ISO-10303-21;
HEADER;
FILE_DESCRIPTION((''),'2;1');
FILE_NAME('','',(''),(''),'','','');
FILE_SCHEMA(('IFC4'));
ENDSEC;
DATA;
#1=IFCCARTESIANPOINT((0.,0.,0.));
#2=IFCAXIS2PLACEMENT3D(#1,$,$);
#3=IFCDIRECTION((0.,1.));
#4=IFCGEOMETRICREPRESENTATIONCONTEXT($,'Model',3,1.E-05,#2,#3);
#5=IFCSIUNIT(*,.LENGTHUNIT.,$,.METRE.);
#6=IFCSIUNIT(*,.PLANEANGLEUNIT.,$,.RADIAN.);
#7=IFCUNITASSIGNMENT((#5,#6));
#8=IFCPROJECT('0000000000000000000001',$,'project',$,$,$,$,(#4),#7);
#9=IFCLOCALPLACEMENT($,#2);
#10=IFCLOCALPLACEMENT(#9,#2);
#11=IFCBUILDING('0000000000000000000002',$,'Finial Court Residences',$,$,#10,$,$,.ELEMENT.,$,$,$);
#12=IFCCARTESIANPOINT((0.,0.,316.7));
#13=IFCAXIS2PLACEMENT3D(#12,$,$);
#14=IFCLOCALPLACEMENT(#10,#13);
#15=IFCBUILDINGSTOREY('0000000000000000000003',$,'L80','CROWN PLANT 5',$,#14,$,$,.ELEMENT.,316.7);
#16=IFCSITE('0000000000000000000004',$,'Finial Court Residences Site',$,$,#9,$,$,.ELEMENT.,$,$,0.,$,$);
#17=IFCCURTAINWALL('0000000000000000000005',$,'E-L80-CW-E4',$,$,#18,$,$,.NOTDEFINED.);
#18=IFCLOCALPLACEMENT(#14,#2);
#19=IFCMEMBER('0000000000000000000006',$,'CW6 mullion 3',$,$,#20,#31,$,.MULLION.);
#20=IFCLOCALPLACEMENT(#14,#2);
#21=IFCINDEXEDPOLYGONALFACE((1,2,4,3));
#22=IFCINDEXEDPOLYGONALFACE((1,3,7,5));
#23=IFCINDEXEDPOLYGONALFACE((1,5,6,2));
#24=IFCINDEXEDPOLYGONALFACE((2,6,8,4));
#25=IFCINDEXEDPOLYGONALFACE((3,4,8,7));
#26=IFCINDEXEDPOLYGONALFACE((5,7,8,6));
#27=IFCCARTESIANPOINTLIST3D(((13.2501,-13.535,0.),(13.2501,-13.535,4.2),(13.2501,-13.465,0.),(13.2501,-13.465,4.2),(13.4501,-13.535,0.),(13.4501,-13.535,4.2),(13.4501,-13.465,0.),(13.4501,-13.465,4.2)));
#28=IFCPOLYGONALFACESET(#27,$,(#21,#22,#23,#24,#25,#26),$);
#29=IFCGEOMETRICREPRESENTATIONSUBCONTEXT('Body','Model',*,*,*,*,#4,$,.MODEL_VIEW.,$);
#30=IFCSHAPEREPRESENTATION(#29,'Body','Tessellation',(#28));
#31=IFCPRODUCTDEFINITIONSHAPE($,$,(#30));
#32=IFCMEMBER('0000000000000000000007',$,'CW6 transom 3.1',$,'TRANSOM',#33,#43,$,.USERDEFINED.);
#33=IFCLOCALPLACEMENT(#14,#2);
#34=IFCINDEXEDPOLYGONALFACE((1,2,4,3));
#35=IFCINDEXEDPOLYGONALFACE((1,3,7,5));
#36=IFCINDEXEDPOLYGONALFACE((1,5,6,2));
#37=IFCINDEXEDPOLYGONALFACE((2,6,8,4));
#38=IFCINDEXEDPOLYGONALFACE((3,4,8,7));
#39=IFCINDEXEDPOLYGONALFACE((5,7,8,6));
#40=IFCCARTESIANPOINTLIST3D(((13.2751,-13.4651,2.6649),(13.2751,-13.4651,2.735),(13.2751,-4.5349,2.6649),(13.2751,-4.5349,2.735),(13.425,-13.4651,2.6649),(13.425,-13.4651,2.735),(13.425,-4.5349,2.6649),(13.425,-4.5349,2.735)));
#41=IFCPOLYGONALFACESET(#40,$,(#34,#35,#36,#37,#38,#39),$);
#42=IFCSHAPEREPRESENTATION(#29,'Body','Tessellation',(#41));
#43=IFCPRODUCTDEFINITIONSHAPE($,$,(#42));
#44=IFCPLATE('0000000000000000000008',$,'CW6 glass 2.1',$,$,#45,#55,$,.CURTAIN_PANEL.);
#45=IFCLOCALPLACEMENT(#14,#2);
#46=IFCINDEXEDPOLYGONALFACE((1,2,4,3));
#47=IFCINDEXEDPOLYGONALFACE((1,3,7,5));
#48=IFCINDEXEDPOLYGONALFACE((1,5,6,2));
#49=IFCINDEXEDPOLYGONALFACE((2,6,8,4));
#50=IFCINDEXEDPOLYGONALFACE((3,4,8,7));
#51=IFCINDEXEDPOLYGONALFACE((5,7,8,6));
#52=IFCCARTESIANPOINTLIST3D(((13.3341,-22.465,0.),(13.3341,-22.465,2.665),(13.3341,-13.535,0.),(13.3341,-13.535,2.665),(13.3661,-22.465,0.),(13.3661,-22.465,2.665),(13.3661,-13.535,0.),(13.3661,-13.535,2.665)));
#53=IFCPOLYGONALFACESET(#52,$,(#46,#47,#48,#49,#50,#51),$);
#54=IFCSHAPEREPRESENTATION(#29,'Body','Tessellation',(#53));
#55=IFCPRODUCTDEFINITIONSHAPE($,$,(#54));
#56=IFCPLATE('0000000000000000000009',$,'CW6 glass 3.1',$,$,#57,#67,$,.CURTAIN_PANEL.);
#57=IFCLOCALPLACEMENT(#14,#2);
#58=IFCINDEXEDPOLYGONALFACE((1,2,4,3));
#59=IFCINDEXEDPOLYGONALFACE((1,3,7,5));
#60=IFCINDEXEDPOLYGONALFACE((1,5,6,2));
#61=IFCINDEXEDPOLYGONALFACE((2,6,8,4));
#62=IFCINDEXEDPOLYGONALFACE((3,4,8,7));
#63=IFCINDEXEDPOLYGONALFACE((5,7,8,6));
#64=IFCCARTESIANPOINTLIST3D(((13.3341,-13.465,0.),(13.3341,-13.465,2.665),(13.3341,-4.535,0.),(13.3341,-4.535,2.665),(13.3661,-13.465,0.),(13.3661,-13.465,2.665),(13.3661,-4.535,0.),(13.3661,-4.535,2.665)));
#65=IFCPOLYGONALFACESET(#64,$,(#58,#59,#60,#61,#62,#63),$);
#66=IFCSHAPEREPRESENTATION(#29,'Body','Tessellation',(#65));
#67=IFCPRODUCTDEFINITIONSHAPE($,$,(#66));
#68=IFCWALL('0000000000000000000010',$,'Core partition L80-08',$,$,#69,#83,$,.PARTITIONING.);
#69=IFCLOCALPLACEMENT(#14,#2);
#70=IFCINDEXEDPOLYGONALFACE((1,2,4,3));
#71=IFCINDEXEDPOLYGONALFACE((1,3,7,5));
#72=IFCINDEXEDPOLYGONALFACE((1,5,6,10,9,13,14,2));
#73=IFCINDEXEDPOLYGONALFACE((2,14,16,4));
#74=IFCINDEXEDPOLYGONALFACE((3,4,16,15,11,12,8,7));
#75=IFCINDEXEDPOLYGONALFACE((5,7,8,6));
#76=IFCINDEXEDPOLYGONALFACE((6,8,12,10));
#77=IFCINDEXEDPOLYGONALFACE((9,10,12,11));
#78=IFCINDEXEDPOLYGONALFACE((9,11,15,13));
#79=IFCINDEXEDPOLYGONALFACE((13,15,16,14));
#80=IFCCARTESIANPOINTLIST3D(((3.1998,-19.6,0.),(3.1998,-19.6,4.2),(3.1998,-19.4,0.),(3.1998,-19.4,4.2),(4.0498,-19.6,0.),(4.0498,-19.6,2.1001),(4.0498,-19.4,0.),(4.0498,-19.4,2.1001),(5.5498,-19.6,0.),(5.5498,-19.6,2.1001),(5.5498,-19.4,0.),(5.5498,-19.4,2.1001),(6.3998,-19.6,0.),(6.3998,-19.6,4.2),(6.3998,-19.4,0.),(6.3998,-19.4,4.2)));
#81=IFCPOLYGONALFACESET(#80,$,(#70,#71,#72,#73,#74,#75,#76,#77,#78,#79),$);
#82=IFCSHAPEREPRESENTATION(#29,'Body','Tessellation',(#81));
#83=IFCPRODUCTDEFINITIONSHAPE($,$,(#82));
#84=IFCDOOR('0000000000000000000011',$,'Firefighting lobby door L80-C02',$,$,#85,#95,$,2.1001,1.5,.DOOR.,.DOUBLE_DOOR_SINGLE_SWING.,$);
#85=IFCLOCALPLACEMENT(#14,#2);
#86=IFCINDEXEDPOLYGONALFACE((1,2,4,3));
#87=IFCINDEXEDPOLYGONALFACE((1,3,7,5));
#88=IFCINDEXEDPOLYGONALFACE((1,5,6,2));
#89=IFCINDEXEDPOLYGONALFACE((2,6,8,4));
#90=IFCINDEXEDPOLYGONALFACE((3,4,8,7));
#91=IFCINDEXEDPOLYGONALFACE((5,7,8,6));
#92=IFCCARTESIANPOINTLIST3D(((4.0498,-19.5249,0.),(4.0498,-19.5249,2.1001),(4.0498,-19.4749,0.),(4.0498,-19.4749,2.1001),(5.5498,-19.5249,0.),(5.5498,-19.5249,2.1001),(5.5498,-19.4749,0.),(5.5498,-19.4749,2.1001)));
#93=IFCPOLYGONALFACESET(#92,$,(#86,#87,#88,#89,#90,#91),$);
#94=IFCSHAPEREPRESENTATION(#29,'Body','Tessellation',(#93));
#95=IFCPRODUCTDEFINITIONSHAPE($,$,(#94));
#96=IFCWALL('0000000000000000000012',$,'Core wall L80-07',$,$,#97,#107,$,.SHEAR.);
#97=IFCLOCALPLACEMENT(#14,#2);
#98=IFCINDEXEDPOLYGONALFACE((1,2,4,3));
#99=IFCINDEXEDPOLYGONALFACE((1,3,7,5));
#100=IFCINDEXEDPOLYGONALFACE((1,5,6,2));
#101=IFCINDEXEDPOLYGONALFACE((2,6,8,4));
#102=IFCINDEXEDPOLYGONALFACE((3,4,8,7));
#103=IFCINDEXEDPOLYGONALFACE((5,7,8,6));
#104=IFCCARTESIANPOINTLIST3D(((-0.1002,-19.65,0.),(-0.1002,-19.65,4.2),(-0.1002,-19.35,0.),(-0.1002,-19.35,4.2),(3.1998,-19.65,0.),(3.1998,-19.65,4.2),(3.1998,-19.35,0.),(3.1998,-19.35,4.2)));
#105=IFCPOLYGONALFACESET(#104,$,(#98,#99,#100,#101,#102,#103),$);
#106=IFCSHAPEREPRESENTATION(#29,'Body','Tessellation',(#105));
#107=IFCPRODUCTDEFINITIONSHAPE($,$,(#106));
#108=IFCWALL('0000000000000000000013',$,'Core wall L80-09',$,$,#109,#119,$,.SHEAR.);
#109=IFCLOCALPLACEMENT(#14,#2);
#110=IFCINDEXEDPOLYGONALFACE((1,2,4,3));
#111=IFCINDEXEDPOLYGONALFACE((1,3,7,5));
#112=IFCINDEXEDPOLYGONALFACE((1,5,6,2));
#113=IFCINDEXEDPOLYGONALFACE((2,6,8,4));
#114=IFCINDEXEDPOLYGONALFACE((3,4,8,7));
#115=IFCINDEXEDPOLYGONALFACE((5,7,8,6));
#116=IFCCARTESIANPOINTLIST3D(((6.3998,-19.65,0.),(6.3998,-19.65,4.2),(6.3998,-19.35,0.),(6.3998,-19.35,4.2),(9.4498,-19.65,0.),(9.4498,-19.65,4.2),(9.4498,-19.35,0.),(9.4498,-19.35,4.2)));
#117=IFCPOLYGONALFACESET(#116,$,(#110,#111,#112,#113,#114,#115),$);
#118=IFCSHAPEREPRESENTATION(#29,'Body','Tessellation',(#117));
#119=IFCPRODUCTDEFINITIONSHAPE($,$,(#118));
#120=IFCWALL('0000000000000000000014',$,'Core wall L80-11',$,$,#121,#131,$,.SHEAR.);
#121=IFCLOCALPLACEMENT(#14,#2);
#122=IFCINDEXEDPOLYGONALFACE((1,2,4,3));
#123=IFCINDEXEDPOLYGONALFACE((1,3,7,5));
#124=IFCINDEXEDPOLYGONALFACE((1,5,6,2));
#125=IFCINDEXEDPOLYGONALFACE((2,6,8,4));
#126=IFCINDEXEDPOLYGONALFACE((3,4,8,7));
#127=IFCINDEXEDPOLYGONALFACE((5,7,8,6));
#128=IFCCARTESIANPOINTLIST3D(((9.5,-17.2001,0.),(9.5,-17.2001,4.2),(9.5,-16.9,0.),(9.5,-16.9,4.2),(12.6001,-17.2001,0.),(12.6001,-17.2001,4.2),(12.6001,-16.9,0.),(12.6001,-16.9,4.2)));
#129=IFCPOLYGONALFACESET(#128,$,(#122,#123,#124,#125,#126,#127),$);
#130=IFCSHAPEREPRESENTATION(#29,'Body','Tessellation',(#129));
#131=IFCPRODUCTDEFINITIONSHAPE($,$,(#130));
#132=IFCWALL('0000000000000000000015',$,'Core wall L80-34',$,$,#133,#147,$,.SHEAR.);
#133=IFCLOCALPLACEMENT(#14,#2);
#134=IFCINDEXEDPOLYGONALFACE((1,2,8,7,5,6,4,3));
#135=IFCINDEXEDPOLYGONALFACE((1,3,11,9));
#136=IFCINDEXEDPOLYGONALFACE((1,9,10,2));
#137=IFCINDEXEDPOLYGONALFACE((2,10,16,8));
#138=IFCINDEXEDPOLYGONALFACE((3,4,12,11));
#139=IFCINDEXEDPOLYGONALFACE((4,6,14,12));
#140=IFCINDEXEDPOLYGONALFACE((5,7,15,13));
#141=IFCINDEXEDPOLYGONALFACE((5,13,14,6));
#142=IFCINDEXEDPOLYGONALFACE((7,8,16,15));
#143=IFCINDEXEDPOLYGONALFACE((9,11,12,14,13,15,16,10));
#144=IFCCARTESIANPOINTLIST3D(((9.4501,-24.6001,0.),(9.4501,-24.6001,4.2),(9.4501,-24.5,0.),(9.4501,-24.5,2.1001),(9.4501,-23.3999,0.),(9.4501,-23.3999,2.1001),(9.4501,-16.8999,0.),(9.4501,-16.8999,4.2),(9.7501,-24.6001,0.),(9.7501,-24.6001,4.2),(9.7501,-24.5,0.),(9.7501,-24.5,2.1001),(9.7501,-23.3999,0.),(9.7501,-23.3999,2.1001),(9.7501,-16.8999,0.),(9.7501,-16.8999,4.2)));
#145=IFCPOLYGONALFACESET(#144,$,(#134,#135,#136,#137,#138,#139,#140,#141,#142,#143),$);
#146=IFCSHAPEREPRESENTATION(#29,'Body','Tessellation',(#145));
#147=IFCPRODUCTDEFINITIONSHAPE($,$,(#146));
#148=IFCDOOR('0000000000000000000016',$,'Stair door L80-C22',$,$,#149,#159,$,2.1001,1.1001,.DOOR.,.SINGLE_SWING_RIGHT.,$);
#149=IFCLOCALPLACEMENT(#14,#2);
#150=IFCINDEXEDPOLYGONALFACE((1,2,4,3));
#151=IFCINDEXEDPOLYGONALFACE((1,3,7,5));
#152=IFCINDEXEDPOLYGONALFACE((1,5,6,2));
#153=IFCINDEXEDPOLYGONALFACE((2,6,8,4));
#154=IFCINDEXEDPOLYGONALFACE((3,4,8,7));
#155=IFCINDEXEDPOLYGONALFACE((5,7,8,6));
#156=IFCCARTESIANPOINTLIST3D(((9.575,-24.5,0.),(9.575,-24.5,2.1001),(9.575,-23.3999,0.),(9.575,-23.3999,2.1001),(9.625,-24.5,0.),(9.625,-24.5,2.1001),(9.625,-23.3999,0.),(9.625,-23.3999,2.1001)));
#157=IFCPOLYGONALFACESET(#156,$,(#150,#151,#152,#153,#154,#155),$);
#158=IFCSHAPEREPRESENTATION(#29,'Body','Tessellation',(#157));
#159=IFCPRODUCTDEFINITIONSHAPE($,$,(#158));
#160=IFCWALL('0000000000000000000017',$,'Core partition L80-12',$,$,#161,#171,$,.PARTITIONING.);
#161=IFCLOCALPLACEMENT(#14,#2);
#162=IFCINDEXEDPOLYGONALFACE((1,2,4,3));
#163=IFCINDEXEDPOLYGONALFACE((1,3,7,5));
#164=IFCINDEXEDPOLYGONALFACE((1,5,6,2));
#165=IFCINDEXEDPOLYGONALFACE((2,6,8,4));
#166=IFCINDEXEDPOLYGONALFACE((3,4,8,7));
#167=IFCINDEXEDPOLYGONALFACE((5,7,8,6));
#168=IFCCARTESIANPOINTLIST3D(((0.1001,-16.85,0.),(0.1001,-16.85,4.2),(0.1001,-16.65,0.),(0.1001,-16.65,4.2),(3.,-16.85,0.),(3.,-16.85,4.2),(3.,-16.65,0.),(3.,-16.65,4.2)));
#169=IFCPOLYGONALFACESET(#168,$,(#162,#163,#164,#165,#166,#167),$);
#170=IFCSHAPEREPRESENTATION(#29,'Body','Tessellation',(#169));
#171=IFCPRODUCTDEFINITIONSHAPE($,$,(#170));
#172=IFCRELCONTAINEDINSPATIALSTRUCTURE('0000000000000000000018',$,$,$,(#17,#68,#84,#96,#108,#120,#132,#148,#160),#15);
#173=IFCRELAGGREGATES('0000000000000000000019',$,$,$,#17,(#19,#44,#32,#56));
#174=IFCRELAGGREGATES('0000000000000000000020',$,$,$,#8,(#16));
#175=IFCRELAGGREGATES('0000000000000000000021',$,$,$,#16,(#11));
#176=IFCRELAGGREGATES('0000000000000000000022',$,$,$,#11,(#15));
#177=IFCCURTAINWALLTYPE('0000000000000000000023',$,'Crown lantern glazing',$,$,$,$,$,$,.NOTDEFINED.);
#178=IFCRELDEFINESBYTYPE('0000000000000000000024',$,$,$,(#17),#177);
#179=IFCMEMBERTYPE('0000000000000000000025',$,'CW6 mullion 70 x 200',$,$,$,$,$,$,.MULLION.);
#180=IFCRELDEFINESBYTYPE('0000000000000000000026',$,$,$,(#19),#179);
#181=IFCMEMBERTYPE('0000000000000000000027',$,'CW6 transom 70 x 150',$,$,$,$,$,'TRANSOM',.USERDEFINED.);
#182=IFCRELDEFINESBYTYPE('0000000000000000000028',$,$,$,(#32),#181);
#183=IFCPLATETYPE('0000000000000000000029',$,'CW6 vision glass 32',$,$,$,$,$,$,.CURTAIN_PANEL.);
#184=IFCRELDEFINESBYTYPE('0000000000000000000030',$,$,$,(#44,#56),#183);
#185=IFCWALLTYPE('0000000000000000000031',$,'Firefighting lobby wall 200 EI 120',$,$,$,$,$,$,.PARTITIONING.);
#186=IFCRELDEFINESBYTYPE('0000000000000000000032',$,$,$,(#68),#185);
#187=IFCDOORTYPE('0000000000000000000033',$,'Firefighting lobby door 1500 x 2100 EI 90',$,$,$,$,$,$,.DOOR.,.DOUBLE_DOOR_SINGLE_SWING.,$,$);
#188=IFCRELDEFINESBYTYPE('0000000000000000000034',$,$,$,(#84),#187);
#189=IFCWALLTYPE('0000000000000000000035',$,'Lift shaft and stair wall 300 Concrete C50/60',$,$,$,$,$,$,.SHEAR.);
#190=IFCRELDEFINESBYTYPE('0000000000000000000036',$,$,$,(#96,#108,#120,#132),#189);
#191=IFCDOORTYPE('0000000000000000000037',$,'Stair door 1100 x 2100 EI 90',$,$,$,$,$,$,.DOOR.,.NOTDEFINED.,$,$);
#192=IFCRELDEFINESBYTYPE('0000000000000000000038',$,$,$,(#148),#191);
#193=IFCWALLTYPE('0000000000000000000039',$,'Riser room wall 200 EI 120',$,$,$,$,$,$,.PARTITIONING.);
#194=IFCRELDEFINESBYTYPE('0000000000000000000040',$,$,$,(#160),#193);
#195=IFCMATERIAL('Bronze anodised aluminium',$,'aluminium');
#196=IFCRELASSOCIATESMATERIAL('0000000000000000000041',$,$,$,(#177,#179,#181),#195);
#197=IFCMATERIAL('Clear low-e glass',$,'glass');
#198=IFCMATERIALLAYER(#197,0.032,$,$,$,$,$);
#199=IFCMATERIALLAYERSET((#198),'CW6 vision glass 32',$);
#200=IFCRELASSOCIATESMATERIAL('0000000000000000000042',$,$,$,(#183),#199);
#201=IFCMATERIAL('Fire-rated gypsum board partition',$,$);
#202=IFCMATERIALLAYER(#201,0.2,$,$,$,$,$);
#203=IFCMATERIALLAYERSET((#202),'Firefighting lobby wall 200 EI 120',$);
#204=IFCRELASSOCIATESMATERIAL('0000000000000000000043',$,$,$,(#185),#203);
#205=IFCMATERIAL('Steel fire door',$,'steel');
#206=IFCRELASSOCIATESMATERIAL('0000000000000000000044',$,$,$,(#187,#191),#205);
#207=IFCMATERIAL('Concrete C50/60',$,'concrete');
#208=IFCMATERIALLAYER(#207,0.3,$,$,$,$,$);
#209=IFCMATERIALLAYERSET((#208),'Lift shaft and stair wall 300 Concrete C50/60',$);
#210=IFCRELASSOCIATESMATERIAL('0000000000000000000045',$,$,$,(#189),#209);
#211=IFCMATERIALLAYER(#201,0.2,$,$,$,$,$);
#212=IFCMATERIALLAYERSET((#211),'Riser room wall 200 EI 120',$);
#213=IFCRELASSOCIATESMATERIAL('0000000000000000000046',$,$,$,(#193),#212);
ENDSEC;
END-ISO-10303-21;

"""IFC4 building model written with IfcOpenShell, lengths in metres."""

from ifc_helpers import new_model, si_unit, direction, frame, frame_2d, origin, origin_2d, place, context, subcontext, project, spatial, rectangle, extrude, material, layer, layer_set, material_profile, profile_set, type_object, element, fill, aggregate, save


model = new_model("IFC4")

# Units and contexts
model_context = context("Model", 3, precision=1e-05, world=origin(), true_north=direction((0.0, 1.0)))
body_context = subcontext(model_context, "Body", "Model", "MODEL_VIEW")
ifc_project = project(units=[si_unit("LENGTHUNIT", "METRE"), si_unit("PLANEANGLEUNIT", "RADIAN")], contexts=[model_context])

# Site, building, storey
site_placement = place(None, origin())
site = spatial("IfcSite", under=ifc_project, at=site_placement, Name="Finial Court Residences Site", CompositionType="ELEMENT", RefElevation=0.0)
building_placement = place(site_placement, origin())
building = spatial("IfcBuilding", under=site, at=building_placement, Name="Finial Court Residences", CompositionType="ELEMENT")
storey_placement = place(building_placement, frame((0.0, 0.0, 316.7)))
storey = spatial("IfcBuildingStorey", under=building, at=storey_placement, Name="L80", Description="CROWN PLANT 5", CompositionType="ELEMENT", Elevation=316.7)

# Curtain wall, members, plates
ifc_material_1 = material(Name="Bronze anodised aluminium", Category="aluminium")
curtain_wall_type = type_object("IfcCurtainWallType", Name="Crown lantern glazing", PredefinedType="NOTDEFINED", material=ifc_material_1)
curtain_wall_placement = place(storey_placement, origin())
curtain_wall = element("IfcCurtainWall", 1, at=curtain_wall_placement, inside=storey, type_object=curtain_wall_type, Name="E-L80-CW-E4", PredefinedType="NOTDEFINED")
ifc_material_profile_1 = material_profile(ifc_material_1, rectangle(XDim=0.2, YDim=0.0701, at=origin_2d()), Name="CW6 mullion 70 x 200")
ifc_profile_set_1 = profile_set([ifc_material_profile_1], Name="Bronze anodised aluminium")
member_type_1 = type_object("IfcMemberType", Name="CW6 mullion 70 x 200", PredefinedType="MULLION", material=ifc_profile_set_1)
member_1_placement = place(storey_placement, frame((13.3501, -13.5, 0.0), z_axis=(0.0, 0.0, 1.0), x_axis=(-1.0, 0.0, 0.0)))
member_1 = element("IfcMember", 2, at=member_1_placement, type_object=member_type_1, Name="CW6 mullion 3", PredefinedType="MULLION", context=body_context, shape_type="SweptSolid", body=[
    extrude(rectangle(XDim=0.2, YDim=0.0701, at=origin_2d()), origin(), (0.0, 0.0, 1.0), 4.2),
])
ifc_material_profile_2 = material_profile(ifc_material_1, rectangle(XDim=0.1499, YDim=0.0701, at=origin_2d()), Name="CW6 transom 70 x 150")
ifc_profile_set_2 = profile_set([ifc_material_profile_2], Name="Bronze anodised aluminium")
member_type_2 = type_object("IfcMemberType", Name="CW6 transom 70 x 150", ElementType="TRANSOM", PredefinedType="USERDEFINED", material=ifc_profile_set_2)
member_2_placement = place(storey_placement, frame((13.3501, -13.4651, 2.7), z_axis=(0.0, 1.0, 0.0), x_axis=(-1.0, 0.0, 0.0)))
member_2 = element("IfcMember", 3, at=member_2_placement, type_object=member_type_2, Name="CW6 transom 3.1", ObjectType="TRANSOM", PredefinedType="USERDEFINED", context=body_context, shape_type="SweptSolid", body=[
    extrude(rectangle(XDim=0.1499, YDim=0.0701, at=origin_2d()), origin(), (0.0, 0.0, 1.0), 8.9302),
])
ifc_material_2 = material(Name="Clear low-e glass", Category="glass")
ifc_layer_1 = layer(ifc_material_2, 0.032)
ifc_layer_set_1 = layer_set([ifc_layer_1], Name="CW6 vision glass 32")
plate_type = type_object("IfcPlateType", Name="CW6 vision glass 32", PredefinedType="CURTAIN_PANEL", material=ifc_layer_set_1)
plate_1_placement = place(storey_placement, frame((13.3501, -18.0, 0.0), z_axis=(0.0, 0.0, 1.0), x_axis=(0.0, 1.0, 0.0)))
plate_1 = element("IfcPlate", 4, at=plate_1_placement, type_object=plate_type, Name="CW6 glass 2.1", PredefinedType="CURTAIN_PANEL", context=body_context, shape_type="SweptSolid", body=[
    extrude(rectangle(XDim=8.9299, YDim=0.032, at=origin_2d()), origin(), (0.0, 0.0, 1.0), 2.665),
])
plate_2_placement = place(storey_placement, frame((13.3501, -9.0, 0.0), z_axis=(0.0, 0.0, 1.0), x_axis=(0.0, 1.0, 0.0)))
plate_2 = element("IfcPlate", 5, at=plate_2_placement, type_object=plate_type, Name="CW6 glass 3.1", PredefinedType="CURTAIN_PANEL", context=body_context, shape_type="SweptSolid", body=[
    extrude(rectangle(XDim=8.9299, YDim=0.032, at=origin_2d()), origin(), (0.0, 0.0, 1.0), 2.665),
])

# Wall, opening, door
ifc_material_3 = material(Name="Fire-rated gypsum board partition")
ifc_layer_2 = layer(ifc_material_3, 0.2)
ifc_layer_set_2 = layer_set([ifc_layer_2], Name="Firefighting lobby wall 200 EI 120")
wall_type_1 = type_object("IfcWallType", Name="Firefighting lobby wall 200 EI 120", PredefinedType="PARTITIONING", material=ifc_layer_set_2)
wall_1_placement = place(storey_placement, frame((6.3999, -19.5, 0.0), z_axis=(0.0, 0.0, 1.0), x_axis=(-1.0, 0.0, 0.0)))
wall_1 = element("IfcWall", 6, at=wall_1_placement, inside=storey, type_object=wall_type_1, Name="Core partition L80-08", PredefinedType="PARTITIONING", context=body_context, shape_type="SweptSolid", body=[
    extrude(rectangle(XDim=3.2, YDim=0.2, at=frame_2d((1.6001, 0.0))), origin(), (0.0, 0.0, 1.0), 4.2),
])
opening_1_placement = place(wall_1_placement, frame((0.8501, 0.0, 0.0)))
opening_1 = element("IfcOpeningElement", 7, at=opening_1_placement, cuts=wall_1, PredefinedType="OPENING", context=body_context, shape_type="SweptSolid", body=[
    extrude(rectangle(XDim=1.5, YDim=2.1001, at=frame_2d((0.75, 1.05))), frame((0.0, 0.1099, 0.0), z_axis=(0.0, -1.0, 0.0), x_axis=(1.0, 0.0, 0.0)), (0.0, 0.0, 1.0), 0.22),
])
ifc_material_4 = material(Name="Steel fire door", Category="steel")
door_type_1 = type_object("IfcDoorType", Name="Firefighting lobby door 1500 x 2100 EI 90", OperationType="DOUBLE_DOOR_SINGLE_SWING", PredefinedType="DOOR", material=ifc_material_4)
door_1_placement = place(opening_1_placement, origin())
door_1 = element("IfcDoor", 8, at=door_1_placement, inside=storey, type_object=door_type_1, Name="Firefighting lobby door L80-C02", OperationType="DOUBLE_DOOR_SINGLE_SWING", OverallHeight=2.1001, OverallWidth=1.5, PredefinedType="DOOR", context=body_context, shape_type="SweptSolid", body=[
    extrude(rectangle(XDim=1.5, YDim=2.1001, at=frame_2d((0.75, 1.05))), frame((0.0, 0.0249, 0.0), z_axis=(0.0, -1.0, 0.0), x_axis=(1.0, 0.0, 0.0)), (0.0, 0.0, 1.0), 0.05),
])
fill(opening_1, door_1)

# Walls
ifc_material_5 = material(Name="Concrete C50/60", Category="concrete")
ifc_layer_3 = layer(ifc_material_5, 0.3)
ifc_layer_set_3 = layer_set([ifc_layer_3], Name="Lift shaft and stair wall 300 Concrete C50/60")
wall_type_2 = type_object("IfcWallType", Name="Lift shaft and stair wall 300 Concrete C50/60", PredefinedType="SHEAR", material=ifc_layer_set_3)
wall_2_placement = place(storey_placement, frame((-0.1001, -19.5, 0.0), z_axis=(0.0, 0.0, 1.0), x_axis=(1.0, 0.0, 0.0)))
element("IfcWall", 9, at=wall_2_placement, inside=storey, type_object=wall_type_2, Name="Core wall L80-07", PredefinedType="SHEAR", context=body_context, shape_type="SweptSolid", body=[
    extrude(rectangle(XDim=3.3, YDim=0.3, at=frame_2d((1.6499, 0.0))), origin(), (0.0, 0.0, 1.0), 4.2),
])
wall_3_placement = place(storey_placement, frame((6.3999, -19.5, 0.0), z_axis=(0.0, 0.0, 1.0), x_axis=(1.0, 0.0, 0.0)))
element("IfcWall", 10, at=wall_3_placement, inside=storey, type_object=wall_type_2, Name="Core wall L80-09", PredefinedType="SHEAR", context=body_context, shape_type="SweptSolid", body=[
    extrude(rectangle(XDim=3.05, YDim=0.3, at=frame_2d((1.5249, 0.0))), origin(), (0.0, 0.0, 1.0), 4.2),
])
wall_4_placement = place(storey_placement, frame((9.5, -17.05, 0.0), z_axis=(0.0, 0.0, 1.0), x_axis=(1.0, 0.0, 0.0)))
element("IfcWall", 11, at=wall_4_placement, inside=storey, type_object=wall_type_2, Name="Core wall L80-11", PredefinedType="SHEAR", context=body_context, shape_type="SweptSolid", body=[
    extrude(rectangle(XDim=3.1001, YDim=0.3, at=frame_2d((1.55, 0.0))), origin(), (0.0, 0.0, 1.0), 4.2),
])

# Wall, opening, door
wall_5_placement = place(storey_placement, frame((9.6001, -16.8999, 0.0), z_axis=(0.0, 0.0, 1.0), x_axis=(0.0, -1.0, 0.0)))
wall_5 = element("IfcWall", 12, at=wall_5_placement, inside=storey, type_object=wall_type_2, Name="Core wall L80-34", PredefinedType="SHEAR", context=body_context, shape_type="SweptSolid", body=[
    extrude(rectangle(XDim=7.7002, YDim=0.3, at=frame_2d((3.8501, 0.0))), origin(), (0.0, 0.0, 1.0), 4.2),
])
opening_2_placement = place(wall_5_placement, frame((6.5, 0.0, 0.0)))
opening_2 = element("IfcOpeningElement", 13, at=opening_2_placement, cuts=wall_5, PredefinedType="OPENING", context=body_context, shape_type="SweptSolid", body=[
    extrude(rectangle(XDim=1.1001, YDim=2.1001, at=frame_2d((0.55, 1.05))), frame((0.0, 0.1599, 0.0), z_axis=(0.0, -1.0, 0.0), x_axis=(1.0, 0.0, 0.0)), (0.0, 0.0, 1.0), 0.3201),
])
door_type_2 = type_object("IfcDoorType", Name="Stair door 1100 x 2100 EI 90", OperationType="NOTDEFINED", PredefinedType="DOOR", material=ifc_material_4)
door_2_placement = place(opening_2_placement, origin())
door_2 = element("IfcDoor", 14, at=door_2_placement, inside=storey, type_object=door_type_2, Name="Stair door L80-C22", OperationType="SINGLE_SWING_RIGHT", OverallHeight=2.1001, OverallWidth=1.1001, PredefinedType="DOOR", context=body_context, shape_type="SweptSolid", body=[
    extrude(rectangle(XDim=1.1001, YDim=2.1001, at=frame_2d((0.55, 1.05))), frame((0.0, 0.0249, 0.0), z_axis=(0.0, -1.0, 0.0), x_axis=(1.0, 0.0, 0.0)), (0.0, 0.0, 1.0), 0.05),
])
fill(opening_2, door_2)

# Wall
ifc_layer_4 = layer(ifc_material_3, 0.2)
ifc_layer_set_4 = layer_set([ifc_layer_4], Name="Riser room wall 200 EI 120")
wall_type_3 = type_object("IfcWallType", Name="Riser room wall 200 EI 120", PredefinedType="PARTITIONING", material=ifc_layer_set_4)
for number, where, z_axis, x_axis, name in (
    (15, (0.1001, -16.75, 0.0), (0.0, 0.0, 1.0), (1.0, 0.0, 0.0), "Core partition L80-12"),
):
    element("IfcWall", number, at=place(storey_placement, frame(where, z_axis=z_axis, x_axis=x_axis)), inside=storey, type_object=wall_type_3, Name=name, PredefinedType="PARTITIONING", context=body_context, shape_type="SweptSolid", body=[
        extrude(rectangle(XDim=2.8999, YDim=0.2, at=frame_2d((1.45, 0.0))), origin(), (0.0, 0.0, 1.0), 4.2),
    ])

aggregate(curtain_wall, [member_1, plate_1, member_2, plate_2])

save(model, "model.ifc")
